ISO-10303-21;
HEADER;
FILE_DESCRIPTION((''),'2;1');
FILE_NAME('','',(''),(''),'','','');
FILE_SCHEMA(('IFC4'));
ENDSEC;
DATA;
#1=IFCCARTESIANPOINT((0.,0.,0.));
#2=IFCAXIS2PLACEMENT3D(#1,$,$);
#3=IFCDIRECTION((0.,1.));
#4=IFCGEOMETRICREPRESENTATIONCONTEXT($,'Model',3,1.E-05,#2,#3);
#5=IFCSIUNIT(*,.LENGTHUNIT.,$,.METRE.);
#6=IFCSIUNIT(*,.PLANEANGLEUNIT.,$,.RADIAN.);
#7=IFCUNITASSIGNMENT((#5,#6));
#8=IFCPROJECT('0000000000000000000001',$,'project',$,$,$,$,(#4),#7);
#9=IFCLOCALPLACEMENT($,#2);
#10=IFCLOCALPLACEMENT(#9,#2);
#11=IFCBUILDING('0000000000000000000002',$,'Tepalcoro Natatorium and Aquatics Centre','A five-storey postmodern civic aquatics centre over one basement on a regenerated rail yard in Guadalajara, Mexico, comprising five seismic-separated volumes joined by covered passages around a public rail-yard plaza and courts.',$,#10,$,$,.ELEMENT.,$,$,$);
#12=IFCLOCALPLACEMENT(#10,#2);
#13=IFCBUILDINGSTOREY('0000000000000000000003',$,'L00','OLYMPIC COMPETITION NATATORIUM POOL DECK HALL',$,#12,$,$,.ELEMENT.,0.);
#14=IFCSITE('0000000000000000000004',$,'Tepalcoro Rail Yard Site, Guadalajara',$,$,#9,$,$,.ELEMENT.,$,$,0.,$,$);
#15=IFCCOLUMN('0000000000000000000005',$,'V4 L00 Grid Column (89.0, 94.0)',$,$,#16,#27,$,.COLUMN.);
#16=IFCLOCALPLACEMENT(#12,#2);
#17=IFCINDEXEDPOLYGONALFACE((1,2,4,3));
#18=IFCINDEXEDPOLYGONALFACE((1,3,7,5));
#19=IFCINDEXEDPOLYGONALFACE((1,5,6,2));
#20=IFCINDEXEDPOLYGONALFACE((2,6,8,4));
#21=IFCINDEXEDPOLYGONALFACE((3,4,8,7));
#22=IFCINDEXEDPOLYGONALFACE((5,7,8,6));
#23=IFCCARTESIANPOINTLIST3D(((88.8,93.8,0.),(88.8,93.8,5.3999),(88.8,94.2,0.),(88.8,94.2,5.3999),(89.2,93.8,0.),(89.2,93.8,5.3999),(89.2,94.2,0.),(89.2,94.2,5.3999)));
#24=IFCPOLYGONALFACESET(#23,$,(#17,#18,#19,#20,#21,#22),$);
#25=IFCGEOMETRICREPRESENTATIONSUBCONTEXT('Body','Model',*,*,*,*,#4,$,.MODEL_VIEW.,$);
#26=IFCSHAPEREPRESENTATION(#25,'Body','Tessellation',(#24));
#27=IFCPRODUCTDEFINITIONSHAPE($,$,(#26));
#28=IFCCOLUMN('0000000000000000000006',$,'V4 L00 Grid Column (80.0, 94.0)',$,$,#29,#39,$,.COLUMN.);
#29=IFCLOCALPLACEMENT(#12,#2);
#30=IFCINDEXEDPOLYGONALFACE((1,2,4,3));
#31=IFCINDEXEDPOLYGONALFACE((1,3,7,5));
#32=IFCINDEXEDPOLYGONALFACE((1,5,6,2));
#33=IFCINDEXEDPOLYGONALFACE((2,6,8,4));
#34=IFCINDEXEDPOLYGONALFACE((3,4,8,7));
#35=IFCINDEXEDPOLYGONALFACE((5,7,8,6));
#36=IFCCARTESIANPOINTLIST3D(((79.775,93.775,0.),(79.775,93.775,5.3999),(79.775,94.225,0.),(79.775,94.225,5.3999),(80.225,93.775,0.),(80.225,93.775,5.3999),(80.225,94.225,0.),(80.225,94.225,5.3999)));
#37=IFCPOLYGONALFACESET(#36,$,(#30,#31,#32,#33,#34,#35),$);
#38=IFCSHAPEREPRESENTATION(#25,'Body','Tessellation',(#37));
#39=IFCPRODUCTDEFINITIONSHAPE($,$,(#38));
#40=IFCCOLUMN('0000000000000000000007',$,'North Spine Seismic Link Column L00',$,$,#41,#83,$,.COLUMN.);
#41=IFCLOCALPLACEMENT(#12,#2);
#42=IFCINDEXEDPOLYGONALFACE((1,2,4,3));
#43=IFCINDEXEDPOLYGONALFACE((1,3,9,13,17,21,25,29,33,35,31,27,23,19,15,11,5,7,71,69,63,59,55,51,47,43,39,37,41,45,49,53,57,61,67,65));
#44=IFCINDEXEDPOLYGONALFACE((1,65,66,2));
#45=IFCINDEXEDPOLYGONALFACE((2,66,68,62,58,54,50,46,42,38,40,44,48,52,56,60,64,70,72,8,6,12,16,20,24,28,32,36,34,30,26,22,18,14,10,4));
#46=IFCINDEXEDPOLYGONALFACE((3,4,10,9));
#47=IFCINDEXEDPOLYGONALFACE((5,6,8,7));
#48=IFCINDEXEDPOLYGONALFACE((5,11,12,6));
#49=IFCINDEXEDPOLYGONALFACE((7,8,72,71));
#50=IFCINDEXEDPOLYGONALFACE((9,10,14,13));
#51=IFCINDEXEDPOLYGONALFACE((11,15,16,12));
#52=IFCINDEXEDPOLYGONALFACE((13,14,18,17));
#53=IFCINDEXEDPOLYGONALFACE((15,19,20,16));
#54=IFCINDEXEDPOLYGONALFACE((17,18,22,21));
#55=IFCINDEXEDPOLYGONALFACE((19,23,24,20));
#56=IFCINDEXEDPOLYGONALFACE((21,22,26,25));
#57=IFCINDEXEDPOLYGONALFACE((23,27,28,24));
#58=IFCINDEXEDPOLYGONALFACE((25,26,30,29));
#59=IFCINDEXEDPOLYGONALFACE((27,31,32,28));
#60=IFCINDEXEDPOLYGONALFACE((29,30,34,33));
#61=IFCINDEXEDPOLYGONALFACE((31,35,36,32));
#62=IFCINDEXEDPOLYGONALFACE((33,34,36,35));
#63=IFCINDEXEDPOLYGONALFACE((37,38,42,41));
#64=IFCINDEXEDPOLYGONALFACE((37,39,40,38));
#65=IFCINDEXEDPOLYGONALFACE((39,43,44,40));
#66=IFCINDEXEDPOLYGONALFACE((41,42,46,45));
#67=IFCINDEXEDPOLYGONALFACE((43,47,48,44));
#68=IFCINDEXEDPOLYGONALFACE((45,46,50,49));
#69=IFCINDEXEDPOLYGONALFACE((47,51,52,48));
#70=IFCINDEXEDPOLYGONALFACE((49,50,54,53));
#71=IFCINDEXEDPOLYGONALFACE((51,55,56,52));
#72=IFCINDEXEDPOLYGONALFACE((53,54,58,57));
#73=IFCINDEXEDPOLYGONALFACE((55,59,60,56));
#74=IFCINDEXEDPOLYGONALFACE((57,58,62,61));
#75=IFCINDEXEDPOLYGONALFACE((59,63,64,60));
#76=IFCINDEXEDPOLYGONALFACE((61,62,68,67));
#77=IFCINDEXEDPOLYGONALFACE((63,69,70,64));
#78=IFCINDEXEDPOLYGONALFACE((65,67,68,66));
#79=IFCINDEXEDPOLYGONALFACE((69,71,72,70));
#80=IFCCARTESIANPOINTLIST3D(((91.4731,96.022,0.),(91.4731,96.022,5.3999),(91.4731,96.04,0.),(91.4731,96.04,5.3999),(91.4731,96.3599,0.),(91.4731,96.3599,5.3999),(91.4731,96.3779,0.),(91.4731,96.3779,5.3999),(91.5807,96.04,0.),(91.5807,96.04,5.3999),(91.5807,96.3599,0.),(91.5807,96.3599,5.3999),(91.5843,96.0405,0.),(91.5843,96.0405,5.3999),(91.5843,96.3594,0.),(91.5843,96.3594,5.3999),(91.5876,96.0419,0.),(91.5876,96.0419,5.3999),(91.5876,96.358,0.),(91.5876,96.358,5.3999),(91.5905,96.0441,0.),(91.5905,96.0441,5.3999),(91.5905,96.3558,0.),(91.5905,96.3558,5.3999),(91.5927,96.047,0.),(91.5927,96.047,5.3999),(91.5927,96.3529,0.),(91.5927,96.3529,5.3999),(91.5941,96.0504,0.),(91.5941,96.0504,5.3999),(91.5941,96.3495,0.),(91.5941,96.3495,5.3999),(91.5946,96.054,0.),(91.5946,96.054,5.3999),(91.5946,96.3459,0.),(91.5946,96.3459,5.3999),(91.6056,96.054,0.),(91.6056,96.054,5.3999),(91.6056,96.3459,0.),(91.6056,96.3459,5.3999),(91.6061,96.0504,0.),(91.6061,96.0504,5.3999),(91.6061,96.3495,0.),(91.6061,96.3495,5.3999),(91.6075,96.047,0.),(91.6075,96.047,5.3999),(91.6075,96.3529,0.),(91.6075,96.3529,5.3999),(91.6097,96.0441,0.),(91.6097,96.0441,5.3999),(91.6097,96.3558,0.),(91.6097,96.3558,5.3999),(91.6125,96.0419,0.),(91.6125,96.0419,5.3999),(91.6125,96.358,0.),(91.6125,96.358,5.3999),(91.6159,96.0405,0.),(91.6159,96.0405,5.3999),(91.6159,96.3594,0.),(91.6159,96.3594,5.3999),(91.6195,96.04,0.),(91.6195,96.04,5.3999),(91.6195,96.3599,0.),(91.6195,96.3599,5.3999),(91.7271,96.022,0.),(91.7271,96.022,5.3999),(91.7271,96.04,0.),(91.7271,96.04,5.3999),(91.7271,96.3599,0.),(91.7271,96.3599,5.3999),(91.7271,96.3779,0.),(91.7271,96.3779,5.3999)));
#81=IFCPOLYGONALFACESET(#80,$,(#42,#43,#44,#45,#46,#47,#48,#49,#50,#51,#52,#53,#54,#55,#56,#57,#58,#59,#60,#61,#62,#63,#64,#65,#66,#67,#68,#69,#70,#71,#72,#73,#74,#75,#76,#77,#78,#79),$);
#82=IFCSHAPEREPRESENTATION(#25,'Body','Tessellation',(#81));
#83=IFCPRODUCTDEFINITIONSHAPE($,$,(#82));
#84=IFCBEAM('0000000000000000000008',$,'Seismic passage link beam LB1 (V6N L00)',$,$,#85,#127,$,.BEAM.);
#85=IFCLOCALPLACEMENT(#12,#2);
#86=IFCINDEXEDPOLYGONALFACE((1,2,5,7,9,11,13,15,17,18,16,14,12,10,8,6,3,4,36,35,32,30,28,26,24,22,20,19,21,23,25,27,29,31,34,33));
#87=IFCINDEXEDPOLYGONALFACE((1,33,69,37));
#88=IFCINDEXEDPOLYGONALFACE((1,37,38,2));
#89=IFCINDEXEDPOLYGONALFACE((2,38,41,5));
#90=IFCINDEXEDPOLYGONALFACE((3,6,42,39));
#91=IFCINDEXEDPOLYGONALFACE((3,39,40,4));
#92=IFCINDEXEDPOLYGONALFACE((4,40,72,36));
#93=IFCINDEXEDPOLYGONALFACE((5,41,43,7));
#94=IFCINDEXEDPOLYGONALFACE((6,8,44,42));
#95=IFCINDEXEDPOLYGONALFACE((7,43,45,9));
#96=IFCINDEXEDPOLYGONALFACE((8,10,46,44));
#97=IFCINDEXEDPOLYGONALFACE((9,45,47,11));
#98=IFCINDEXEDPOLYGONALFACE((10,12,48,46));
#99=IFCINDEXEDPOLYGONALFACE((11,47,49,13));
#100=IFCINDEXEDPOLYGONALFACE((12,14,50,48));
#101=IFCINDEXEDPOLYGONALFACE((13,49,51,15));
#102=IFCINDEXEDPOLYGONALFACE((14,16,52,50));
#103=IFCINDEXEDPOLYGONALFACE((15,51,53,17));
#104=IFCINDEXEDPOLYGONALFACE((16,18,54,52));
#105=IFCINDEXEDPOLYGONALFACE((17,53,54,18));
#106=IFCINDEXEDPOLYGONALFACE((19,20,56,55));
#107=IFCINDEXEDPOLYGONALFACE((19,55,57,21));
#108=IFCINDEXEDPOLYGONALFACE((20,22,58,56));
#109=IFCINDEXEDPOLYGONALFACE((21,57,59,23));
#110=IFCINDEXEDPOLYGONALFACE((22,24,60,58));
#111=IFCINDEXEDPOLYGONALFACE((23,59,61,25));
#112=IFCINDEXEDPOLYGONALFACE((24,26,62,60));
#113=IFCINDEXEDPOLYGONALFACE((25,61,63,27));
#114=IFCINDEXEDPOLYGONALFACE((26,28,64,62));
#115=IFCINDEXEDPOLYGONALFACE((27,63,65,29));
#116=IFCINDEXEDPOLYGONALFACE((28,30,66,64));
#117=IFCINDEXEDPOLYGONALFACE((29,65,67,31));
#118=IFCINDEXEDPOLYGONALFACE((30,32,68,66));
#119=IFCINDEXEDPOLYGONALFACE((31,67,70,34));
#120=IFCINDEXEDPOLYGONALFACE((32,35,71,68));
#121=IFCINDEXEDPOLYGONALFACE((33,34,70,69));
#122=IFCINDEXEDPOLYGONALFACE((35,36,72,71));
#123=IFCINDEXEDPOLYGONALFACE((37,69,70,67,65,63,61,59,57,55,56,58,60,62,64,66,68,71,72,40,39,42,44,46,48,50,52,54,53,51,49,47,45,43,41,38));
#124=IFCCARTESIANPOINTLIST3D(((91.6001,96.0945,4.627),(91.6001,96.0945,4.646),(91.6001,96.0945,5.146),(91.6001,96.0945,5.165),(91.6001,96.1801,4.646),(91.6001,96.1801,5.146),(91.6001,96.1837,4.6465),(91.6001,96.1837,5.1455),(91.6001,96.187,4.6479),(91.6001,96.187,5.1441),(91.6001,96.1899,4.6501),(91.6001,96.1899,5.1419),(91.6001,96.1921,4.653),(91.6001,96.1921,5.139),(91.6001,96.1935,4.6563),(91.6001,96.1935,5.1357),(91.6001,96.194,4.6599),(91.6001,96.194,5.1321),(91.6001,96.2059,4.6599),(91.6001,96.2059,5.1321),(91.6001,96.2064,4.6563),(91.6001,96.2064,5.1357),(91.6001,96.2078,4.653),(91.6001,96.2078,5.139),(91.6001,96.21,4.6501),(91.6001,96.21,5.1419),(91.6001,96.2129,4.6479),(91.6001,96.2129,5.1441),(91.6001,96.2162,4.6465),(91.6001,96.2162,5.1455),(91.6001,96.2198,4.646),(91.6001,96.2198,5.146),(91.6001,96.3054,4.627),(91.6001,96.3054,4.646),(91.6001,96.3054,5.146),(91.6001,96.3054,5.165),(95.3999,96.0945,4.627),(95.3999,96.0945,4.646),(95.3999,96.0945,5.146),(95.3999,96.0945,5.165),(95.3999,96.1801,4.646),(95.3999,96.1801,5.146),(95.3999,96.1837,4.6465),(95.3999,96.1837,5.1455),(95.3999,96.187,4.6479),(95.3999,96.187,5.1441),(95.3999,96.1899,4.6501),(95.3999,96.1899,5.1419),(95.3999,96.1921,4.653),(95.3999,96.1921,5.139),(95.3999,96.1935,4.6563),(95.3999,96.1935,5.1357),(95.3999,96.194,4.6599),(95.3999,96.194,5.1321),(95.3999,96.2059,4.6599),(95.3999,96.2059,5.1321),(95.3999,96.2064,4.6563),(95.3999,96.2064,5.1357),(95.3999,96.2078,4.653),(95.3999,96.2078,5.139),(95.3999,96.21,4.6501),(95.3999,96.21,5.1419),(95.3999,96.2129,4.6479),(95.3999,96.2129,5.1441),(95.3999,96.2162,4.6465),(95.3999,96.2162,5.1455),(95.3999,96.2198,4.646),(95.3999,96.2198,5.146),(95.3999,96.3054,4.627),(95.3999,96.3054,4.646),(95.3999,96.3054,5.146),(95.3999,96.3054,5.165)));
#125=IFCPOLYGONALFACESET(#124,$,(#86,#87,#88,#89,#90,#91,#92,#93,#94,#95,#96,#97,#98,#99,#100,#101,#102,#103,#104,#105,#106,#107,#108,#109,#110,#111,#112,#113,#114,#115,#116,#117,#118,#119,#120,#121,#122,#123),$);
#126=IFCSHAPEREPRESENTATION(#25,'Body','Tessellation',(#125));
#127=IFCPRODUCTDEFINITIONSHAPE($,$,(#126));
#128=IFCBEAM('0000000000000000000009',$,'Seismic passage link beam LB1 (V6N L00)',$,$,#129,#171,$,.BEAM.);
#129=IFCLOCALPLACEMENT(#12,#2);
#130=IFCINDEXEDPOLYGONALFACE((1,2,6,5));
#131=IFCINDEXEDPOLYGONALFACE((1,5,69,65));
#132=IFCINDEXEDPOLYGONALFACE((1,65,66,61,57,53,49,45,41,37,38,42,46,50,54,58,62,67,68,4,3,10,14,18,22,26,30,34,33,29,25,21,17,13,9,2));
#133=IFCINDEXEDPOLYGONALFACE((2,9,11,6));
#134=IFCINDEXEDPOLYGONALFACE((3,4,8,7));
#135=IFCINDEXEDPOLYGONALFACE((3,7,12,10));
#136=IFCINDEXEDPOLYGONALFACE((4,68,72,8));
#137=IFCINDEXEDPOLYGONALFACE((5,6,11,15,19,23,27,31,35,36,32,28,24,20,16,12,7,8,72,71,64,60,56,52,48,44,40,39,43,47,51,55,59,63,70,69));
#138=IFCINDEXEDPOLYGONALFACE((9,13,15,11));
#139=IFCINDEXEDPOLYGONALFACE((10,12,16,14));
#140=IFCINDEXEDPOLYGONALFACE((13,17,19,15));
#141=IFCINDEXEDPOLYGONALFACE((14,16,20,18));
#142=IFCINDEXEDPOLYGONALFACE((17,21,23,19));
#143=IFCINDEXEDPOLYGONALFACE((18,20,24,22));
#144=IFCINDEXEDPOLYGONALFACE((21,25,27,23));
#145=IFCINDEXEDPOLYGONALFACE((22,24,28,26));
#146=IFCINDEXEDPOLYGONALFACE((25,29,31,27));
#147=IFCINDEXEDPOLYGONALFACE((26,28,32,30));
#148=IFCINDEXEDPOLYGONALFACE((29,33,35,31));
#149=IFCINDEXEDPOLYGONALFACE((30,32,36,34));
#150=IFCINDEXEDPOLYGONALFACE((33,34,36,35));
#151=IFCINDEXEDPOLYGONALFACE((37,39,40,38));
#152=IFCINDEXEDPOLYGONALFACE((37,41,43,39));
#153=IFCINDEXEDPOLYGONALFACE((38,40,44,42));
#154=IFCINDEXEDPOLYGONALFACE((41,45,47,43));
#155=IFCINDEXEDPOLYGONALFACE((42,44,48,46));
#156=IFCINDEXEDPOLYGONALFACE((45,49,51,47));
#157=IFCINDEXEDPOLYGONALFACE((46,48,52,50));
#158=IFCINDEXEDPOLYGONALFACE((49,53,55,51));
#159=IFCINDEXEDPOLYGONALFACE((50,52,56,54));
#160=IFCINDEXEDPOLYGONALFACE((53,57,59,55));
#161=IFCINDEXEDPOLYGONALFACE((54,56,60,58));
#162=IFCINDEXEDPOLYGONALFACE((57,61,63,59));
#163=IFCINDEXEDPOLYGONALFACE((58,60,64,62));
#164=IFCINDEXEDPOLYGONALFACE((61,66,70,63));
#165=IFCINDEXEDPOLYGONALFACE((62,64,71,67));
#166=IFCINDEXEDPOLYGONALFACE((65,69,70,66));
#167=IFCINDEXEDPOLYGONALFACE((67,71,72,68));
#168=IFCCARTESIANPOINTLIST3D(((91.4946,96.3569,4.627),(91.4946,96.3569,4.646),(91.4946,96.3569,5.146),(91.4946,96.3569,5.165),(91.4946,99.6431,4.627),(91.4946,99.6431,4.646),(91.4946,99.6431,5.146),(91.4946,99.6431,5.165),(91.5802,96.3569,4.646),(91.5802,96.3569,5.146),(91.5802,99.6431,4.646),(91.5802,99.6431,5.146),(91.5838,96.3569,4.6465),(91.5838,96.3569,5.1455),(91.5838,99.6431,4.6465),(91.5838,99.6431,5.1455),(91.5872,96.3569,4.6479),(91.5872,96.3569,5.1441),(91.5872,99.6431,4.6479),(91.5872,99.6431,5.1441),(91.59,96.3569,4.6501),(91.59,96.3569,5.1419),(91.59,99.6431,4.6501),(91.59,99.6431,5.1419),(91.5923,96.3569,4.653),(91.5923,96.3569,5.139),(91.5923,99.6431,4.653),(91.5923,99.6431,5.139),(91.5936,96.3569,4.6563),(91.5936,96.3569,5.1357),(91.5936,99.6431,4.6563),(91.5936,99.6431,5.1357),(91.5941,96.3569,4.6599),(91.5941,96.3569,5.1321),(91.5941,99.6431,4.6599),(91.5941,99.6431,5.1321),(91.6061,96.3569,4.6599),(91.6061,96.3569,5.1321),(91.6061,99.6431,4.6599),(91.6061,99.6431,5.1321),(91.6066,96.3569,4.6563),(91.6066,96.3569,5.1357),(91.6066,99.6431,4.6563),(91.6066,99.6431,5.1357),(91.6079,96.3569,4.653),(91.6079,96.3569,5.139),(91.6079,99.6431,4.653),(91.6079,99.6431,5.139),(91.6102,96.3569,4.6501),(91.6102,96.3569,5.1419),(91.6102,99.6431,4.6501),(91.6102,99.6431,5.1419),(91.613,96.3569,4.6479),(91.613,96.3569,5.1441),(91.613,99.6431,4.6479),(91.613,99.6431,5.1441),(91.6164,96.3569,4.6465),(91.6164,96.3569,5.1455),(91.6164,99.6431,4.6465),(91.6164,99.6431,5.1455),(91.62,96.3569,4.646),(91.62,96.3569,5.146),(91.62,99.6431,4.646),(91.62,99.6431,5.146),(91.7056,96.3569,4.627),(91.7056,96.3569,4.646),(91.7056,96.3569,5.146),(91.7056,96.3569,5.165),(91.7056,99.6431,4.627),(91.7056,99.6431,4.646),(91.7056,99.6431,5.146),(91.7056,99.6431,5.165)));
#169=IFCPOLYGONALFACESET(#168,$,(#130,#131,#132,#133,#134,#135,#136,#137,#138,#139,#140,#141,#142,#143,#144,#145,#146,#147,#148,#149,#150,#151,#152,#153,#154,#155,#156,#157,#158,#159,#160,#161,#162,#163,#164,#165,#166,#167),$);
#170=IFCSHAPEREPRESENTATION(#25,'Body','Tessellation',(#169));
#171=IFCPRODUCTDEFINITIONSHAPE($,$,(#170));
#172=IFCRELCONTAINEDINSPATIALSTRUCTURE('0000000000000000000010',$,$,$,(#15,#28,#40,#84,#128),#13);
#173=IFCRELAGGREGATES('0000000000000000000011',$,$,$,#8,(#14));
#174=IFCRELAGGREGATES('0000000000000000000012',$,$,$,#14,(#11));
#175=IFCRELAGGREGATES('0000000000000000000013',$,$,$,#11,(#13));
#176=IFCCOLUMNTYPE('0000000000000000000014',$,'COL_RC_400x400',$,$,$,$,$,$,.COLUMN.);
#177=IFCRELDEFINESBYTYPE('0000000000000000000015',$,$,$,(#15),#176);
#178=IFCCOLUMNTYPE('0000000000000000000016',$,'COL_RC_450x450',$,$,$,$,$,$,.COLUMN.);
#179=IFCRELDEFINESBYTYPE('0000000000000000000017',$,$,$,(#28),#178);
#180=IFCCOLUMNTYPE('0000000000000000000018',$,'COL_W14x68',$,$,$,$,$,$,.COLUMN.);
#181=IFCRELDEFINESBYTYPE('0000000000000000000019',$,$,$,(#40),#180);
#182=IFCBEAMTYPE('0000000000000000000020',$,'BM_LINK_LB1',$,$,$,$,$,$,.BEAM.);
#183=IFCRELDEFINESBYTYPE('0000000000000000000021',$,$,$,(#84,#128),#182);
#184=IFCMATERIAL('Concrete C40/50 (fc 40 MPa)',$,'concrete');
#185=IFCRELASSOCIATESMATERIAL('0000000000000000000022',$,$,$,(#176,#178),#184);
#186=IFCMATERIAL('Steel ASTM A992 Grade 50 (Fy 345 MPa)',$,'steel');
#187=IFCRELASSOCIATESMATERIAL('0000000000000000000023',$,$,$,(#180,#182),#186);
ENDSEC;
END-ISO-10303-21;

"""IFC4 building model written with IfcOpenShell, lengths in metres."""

from ifc_helpers import new_model, si_unit, direction, frame, origin, origin_2d, place, context, subcontext, project, spatial, rectangle, i_section, extrude, material, material_profile, profile_set, type_object, element, save


model = new_model("IFC4")

# Units and contexts
model_context = context("Model", 3, precision=1e-05, world=origin(), true_north=direction((0.0, 1.0)))
body_context = subcontext(model_context, "Body", "Model", "MODEL_VIEW")
ifc_project = project(units=[si_unit("LENGTHUNIT", "METRE"), si_unit("PLANEANGLEUNIT", "RADIAN")], contexts=[model_context])

# Site, building, storey
site_placement = place(None, origin())
site = spatial("IfcSite", under=ifc_project, at=site_placement, Name="Tepalcoro Rail Yard Site, Guadalajara", CompositionType="ELEMENT", RefElevation=0.0)
building_placement = place(site_placement, origin())
building = spatial("IfcBuilding", under=site, at=building_placement, Name="Tepalcoro Natatorium and Aquatics Centre", Description="A five-storey postmodern civic aquatics centre over one basement on a regenerated rail yard in Guadalajara, Mexico, comprising five seismic-separated volumes joined by covered passages around a public rail-yard plaza and courts.", CompositionType="ELEMENT")
storey_placement = place(building_placement, origin())
storey = spatial("IfcBuildingStorey", under=building, at=storey_placement, Name="L00", Description="OLYMPIC COMPETITION NATATORIUM POOL DECK HALL", CompositionType="ELEMENT", Elevation=0.0)

# Columns
ifc_material_1 = material(Name="Concrete C40/50 (fc 40 MPa)", Category="concrete")
ifc_material_profile_1 = material_profile(ifc_material_1, rectangle(XDim=0.3999, YDim=0.3999, at=origin_2d()), Name="RC400x400")
ifc_profile_set_1 = profile_set([ifc_material_profile_1], Name="Concrete C40/50 (fc 40 MPa)")
column_type_1 = type_object("IfcColumnType", Name="COL_RC_400x400", PredefinedType="COLUMN", material=ifc_profile_set_1)
column_1_placement = place(storey_placement, frame((89.0, 94.0, 0.0), z_axis=(0.0, 0.0, 1.0), x_axis=(1.0, 0.0, 0.0)))
element("IfcColumn", 1, at=column_1_placement, inside=storey, type_object=column_type_1, Name="V4 L00 Grid Column (89.0, 94.0)", PredefinedType="COLUMN", context=body_context, shape_type="SweptSolid", body=[
    extrude(rectangle(XDim=0.3999, YDim=0.3999, at=origin_2d()), origin(), (0.0, 0.0, 1.0), 5.3999),
])
ifc_material_profile_2 = material_profile(ifc_material_1, rectangle(XDim=0.45, YDim=0.45, at=origin_2d()), Name="RC450x450")
ifc_profile_set_2 = profile_set([ifc_material_profile_2], Name="Concrete C40/50 (fc 40 MPa)")
column_type_2 = type_object("IfcColumnType", Name="COL_RC_450x450", PredefinedType="COLUMN", material=ifc_profile_set_2)
column_2_placement = place(storey_placement, frame((80.0, 94.0, 0.0), z_axis=(0.0, 0.0, 1.0), x_axis=(1.0, 0.0, 0.0)))
element("IfcColumn", 2, at=column_2_placement, inside=storey, type_object=column_type_2, Name="V4 L00 Grid Column (80.0, 94.0)", PredefinedType="COLUMN", context=body_context, shape_type="SweptSolid", body=[
    extrude(rectangle(XDim=0.45, YDim=0.45, at=origin_2d()), origin(), (0.0, 0.0, 1.0), 5.3999),
])
ifc_material_2 = material(Name="Steel ASTM A992 Grade 50 (Fy 345 MPa)", Category="steel")
ifc_material_profile_3 = material_profile(ifc_material_2, i_section(OverallWidth=0.2539, OverallDepth=0.356, WebThickness=0.011, FlangeThickness=0.0181, FilletRadius=0.0139, at=origin_2d()), Name="W14X68")
ifc_profile_set_3 = profile_set([ifc_material_profile_3], Name="Steel ASTM A992 Grade 50 (Fy 345 MPa)")
column_type_3 = type_object("IfcColumnType", Name="COL_W14x68", PredefinedType="COLUMN", material=ifc_profile_set_3)
column_3_placement = place(storey_placement, frame((91.6001, 96.2, 0.0), z_axis=(0.0, 0.0, 1.0), x_axis=(1.0, 0.0, 0.0)))
element("IfcColumn", 3, at=column_3_placement, inside=storey, type_object=column_type_3, Name="North Spine Seismic Link Column L00", PredefinedType="COLUMN", context=body_context, shape_type="SweptSolid", body=[
    extrude(i_section(OverallWidth=0.2539, OverallDepth=0.356, WebThickness=0.011, FlangeThickness=0.0181, FilletRadius=0.0139, at=origin_2d()), origin(), (0.0, 0.0, 1.0), 5.3999),
])

# Beams
ifc_material_profile_4 = material_profile(ifc_material_2, i_section(OverallWidth=0.2109, OverallDepth=0.5381, WebThickness=0.012, FlangeThickness=0.019, FilletRadius=0.0139, at=origin_2d()), Name="W21X73")
ifc_profile_set_4 = profile_set([ifc_material_profile_4], Name="Steel ASTM A992 Grade 50 (Fy 345 MPa)")
beam_type_1 = type_object("IfcBeamType", Name="BM_LINK_LB1", PredefinedType="BEAM", material=ifc_profile_set_4)
beam_1_placement = place(storey_placement, frame((91.6001, 96.2, 4.896), z_axis=(1.0, 0.0, 0.0), x_axis=(0.0, 1.0, 0.0)))
element("IfcBeam", 4, at=beam_1_placement, inside=storey, type_object=beam_type_1, Name="Seismic passage link beam LB1 (V6N L00)", PredefinedType="BEAM", context=body_context, shape_type="SweptSolid", body=[
    extrude(i_section(OverallWidth=0.2109, OverallDepth=0.5381, WebThickness=0.012, FlangeThickness=0.019, FilletRadius=0.0139, at=origin_2d()), origin(), (0.0, 0.0, 1.0), 3.7998),
])
beam_2_placement = place(storey_placement, frame((91.6001, 96.3569, 4.896), z_axis=(0.0, 1.0, 0.0), x_axis=(-1.0, 0.0, 0.0)))
element("IfcBeam", 5, at=beam_2_placement, inside=storey, type_object=beam_type_1, Name="Seismic passage link beam LB1 (V6N L00)", PredefinedType="BEAM", context=body_context, shape_type="SweptSolid", body=[
    extrude(i_section(OverallWidth=0.2109, OverallDepth=0.5381, WebThickness=0.012, FlangeThickness=0.019, FilletRadius=0.0139, at=origin_2d()), origin(), (0.0, 0.0, 1.0), 3.2861),
])

save(model, "model.ifc")
